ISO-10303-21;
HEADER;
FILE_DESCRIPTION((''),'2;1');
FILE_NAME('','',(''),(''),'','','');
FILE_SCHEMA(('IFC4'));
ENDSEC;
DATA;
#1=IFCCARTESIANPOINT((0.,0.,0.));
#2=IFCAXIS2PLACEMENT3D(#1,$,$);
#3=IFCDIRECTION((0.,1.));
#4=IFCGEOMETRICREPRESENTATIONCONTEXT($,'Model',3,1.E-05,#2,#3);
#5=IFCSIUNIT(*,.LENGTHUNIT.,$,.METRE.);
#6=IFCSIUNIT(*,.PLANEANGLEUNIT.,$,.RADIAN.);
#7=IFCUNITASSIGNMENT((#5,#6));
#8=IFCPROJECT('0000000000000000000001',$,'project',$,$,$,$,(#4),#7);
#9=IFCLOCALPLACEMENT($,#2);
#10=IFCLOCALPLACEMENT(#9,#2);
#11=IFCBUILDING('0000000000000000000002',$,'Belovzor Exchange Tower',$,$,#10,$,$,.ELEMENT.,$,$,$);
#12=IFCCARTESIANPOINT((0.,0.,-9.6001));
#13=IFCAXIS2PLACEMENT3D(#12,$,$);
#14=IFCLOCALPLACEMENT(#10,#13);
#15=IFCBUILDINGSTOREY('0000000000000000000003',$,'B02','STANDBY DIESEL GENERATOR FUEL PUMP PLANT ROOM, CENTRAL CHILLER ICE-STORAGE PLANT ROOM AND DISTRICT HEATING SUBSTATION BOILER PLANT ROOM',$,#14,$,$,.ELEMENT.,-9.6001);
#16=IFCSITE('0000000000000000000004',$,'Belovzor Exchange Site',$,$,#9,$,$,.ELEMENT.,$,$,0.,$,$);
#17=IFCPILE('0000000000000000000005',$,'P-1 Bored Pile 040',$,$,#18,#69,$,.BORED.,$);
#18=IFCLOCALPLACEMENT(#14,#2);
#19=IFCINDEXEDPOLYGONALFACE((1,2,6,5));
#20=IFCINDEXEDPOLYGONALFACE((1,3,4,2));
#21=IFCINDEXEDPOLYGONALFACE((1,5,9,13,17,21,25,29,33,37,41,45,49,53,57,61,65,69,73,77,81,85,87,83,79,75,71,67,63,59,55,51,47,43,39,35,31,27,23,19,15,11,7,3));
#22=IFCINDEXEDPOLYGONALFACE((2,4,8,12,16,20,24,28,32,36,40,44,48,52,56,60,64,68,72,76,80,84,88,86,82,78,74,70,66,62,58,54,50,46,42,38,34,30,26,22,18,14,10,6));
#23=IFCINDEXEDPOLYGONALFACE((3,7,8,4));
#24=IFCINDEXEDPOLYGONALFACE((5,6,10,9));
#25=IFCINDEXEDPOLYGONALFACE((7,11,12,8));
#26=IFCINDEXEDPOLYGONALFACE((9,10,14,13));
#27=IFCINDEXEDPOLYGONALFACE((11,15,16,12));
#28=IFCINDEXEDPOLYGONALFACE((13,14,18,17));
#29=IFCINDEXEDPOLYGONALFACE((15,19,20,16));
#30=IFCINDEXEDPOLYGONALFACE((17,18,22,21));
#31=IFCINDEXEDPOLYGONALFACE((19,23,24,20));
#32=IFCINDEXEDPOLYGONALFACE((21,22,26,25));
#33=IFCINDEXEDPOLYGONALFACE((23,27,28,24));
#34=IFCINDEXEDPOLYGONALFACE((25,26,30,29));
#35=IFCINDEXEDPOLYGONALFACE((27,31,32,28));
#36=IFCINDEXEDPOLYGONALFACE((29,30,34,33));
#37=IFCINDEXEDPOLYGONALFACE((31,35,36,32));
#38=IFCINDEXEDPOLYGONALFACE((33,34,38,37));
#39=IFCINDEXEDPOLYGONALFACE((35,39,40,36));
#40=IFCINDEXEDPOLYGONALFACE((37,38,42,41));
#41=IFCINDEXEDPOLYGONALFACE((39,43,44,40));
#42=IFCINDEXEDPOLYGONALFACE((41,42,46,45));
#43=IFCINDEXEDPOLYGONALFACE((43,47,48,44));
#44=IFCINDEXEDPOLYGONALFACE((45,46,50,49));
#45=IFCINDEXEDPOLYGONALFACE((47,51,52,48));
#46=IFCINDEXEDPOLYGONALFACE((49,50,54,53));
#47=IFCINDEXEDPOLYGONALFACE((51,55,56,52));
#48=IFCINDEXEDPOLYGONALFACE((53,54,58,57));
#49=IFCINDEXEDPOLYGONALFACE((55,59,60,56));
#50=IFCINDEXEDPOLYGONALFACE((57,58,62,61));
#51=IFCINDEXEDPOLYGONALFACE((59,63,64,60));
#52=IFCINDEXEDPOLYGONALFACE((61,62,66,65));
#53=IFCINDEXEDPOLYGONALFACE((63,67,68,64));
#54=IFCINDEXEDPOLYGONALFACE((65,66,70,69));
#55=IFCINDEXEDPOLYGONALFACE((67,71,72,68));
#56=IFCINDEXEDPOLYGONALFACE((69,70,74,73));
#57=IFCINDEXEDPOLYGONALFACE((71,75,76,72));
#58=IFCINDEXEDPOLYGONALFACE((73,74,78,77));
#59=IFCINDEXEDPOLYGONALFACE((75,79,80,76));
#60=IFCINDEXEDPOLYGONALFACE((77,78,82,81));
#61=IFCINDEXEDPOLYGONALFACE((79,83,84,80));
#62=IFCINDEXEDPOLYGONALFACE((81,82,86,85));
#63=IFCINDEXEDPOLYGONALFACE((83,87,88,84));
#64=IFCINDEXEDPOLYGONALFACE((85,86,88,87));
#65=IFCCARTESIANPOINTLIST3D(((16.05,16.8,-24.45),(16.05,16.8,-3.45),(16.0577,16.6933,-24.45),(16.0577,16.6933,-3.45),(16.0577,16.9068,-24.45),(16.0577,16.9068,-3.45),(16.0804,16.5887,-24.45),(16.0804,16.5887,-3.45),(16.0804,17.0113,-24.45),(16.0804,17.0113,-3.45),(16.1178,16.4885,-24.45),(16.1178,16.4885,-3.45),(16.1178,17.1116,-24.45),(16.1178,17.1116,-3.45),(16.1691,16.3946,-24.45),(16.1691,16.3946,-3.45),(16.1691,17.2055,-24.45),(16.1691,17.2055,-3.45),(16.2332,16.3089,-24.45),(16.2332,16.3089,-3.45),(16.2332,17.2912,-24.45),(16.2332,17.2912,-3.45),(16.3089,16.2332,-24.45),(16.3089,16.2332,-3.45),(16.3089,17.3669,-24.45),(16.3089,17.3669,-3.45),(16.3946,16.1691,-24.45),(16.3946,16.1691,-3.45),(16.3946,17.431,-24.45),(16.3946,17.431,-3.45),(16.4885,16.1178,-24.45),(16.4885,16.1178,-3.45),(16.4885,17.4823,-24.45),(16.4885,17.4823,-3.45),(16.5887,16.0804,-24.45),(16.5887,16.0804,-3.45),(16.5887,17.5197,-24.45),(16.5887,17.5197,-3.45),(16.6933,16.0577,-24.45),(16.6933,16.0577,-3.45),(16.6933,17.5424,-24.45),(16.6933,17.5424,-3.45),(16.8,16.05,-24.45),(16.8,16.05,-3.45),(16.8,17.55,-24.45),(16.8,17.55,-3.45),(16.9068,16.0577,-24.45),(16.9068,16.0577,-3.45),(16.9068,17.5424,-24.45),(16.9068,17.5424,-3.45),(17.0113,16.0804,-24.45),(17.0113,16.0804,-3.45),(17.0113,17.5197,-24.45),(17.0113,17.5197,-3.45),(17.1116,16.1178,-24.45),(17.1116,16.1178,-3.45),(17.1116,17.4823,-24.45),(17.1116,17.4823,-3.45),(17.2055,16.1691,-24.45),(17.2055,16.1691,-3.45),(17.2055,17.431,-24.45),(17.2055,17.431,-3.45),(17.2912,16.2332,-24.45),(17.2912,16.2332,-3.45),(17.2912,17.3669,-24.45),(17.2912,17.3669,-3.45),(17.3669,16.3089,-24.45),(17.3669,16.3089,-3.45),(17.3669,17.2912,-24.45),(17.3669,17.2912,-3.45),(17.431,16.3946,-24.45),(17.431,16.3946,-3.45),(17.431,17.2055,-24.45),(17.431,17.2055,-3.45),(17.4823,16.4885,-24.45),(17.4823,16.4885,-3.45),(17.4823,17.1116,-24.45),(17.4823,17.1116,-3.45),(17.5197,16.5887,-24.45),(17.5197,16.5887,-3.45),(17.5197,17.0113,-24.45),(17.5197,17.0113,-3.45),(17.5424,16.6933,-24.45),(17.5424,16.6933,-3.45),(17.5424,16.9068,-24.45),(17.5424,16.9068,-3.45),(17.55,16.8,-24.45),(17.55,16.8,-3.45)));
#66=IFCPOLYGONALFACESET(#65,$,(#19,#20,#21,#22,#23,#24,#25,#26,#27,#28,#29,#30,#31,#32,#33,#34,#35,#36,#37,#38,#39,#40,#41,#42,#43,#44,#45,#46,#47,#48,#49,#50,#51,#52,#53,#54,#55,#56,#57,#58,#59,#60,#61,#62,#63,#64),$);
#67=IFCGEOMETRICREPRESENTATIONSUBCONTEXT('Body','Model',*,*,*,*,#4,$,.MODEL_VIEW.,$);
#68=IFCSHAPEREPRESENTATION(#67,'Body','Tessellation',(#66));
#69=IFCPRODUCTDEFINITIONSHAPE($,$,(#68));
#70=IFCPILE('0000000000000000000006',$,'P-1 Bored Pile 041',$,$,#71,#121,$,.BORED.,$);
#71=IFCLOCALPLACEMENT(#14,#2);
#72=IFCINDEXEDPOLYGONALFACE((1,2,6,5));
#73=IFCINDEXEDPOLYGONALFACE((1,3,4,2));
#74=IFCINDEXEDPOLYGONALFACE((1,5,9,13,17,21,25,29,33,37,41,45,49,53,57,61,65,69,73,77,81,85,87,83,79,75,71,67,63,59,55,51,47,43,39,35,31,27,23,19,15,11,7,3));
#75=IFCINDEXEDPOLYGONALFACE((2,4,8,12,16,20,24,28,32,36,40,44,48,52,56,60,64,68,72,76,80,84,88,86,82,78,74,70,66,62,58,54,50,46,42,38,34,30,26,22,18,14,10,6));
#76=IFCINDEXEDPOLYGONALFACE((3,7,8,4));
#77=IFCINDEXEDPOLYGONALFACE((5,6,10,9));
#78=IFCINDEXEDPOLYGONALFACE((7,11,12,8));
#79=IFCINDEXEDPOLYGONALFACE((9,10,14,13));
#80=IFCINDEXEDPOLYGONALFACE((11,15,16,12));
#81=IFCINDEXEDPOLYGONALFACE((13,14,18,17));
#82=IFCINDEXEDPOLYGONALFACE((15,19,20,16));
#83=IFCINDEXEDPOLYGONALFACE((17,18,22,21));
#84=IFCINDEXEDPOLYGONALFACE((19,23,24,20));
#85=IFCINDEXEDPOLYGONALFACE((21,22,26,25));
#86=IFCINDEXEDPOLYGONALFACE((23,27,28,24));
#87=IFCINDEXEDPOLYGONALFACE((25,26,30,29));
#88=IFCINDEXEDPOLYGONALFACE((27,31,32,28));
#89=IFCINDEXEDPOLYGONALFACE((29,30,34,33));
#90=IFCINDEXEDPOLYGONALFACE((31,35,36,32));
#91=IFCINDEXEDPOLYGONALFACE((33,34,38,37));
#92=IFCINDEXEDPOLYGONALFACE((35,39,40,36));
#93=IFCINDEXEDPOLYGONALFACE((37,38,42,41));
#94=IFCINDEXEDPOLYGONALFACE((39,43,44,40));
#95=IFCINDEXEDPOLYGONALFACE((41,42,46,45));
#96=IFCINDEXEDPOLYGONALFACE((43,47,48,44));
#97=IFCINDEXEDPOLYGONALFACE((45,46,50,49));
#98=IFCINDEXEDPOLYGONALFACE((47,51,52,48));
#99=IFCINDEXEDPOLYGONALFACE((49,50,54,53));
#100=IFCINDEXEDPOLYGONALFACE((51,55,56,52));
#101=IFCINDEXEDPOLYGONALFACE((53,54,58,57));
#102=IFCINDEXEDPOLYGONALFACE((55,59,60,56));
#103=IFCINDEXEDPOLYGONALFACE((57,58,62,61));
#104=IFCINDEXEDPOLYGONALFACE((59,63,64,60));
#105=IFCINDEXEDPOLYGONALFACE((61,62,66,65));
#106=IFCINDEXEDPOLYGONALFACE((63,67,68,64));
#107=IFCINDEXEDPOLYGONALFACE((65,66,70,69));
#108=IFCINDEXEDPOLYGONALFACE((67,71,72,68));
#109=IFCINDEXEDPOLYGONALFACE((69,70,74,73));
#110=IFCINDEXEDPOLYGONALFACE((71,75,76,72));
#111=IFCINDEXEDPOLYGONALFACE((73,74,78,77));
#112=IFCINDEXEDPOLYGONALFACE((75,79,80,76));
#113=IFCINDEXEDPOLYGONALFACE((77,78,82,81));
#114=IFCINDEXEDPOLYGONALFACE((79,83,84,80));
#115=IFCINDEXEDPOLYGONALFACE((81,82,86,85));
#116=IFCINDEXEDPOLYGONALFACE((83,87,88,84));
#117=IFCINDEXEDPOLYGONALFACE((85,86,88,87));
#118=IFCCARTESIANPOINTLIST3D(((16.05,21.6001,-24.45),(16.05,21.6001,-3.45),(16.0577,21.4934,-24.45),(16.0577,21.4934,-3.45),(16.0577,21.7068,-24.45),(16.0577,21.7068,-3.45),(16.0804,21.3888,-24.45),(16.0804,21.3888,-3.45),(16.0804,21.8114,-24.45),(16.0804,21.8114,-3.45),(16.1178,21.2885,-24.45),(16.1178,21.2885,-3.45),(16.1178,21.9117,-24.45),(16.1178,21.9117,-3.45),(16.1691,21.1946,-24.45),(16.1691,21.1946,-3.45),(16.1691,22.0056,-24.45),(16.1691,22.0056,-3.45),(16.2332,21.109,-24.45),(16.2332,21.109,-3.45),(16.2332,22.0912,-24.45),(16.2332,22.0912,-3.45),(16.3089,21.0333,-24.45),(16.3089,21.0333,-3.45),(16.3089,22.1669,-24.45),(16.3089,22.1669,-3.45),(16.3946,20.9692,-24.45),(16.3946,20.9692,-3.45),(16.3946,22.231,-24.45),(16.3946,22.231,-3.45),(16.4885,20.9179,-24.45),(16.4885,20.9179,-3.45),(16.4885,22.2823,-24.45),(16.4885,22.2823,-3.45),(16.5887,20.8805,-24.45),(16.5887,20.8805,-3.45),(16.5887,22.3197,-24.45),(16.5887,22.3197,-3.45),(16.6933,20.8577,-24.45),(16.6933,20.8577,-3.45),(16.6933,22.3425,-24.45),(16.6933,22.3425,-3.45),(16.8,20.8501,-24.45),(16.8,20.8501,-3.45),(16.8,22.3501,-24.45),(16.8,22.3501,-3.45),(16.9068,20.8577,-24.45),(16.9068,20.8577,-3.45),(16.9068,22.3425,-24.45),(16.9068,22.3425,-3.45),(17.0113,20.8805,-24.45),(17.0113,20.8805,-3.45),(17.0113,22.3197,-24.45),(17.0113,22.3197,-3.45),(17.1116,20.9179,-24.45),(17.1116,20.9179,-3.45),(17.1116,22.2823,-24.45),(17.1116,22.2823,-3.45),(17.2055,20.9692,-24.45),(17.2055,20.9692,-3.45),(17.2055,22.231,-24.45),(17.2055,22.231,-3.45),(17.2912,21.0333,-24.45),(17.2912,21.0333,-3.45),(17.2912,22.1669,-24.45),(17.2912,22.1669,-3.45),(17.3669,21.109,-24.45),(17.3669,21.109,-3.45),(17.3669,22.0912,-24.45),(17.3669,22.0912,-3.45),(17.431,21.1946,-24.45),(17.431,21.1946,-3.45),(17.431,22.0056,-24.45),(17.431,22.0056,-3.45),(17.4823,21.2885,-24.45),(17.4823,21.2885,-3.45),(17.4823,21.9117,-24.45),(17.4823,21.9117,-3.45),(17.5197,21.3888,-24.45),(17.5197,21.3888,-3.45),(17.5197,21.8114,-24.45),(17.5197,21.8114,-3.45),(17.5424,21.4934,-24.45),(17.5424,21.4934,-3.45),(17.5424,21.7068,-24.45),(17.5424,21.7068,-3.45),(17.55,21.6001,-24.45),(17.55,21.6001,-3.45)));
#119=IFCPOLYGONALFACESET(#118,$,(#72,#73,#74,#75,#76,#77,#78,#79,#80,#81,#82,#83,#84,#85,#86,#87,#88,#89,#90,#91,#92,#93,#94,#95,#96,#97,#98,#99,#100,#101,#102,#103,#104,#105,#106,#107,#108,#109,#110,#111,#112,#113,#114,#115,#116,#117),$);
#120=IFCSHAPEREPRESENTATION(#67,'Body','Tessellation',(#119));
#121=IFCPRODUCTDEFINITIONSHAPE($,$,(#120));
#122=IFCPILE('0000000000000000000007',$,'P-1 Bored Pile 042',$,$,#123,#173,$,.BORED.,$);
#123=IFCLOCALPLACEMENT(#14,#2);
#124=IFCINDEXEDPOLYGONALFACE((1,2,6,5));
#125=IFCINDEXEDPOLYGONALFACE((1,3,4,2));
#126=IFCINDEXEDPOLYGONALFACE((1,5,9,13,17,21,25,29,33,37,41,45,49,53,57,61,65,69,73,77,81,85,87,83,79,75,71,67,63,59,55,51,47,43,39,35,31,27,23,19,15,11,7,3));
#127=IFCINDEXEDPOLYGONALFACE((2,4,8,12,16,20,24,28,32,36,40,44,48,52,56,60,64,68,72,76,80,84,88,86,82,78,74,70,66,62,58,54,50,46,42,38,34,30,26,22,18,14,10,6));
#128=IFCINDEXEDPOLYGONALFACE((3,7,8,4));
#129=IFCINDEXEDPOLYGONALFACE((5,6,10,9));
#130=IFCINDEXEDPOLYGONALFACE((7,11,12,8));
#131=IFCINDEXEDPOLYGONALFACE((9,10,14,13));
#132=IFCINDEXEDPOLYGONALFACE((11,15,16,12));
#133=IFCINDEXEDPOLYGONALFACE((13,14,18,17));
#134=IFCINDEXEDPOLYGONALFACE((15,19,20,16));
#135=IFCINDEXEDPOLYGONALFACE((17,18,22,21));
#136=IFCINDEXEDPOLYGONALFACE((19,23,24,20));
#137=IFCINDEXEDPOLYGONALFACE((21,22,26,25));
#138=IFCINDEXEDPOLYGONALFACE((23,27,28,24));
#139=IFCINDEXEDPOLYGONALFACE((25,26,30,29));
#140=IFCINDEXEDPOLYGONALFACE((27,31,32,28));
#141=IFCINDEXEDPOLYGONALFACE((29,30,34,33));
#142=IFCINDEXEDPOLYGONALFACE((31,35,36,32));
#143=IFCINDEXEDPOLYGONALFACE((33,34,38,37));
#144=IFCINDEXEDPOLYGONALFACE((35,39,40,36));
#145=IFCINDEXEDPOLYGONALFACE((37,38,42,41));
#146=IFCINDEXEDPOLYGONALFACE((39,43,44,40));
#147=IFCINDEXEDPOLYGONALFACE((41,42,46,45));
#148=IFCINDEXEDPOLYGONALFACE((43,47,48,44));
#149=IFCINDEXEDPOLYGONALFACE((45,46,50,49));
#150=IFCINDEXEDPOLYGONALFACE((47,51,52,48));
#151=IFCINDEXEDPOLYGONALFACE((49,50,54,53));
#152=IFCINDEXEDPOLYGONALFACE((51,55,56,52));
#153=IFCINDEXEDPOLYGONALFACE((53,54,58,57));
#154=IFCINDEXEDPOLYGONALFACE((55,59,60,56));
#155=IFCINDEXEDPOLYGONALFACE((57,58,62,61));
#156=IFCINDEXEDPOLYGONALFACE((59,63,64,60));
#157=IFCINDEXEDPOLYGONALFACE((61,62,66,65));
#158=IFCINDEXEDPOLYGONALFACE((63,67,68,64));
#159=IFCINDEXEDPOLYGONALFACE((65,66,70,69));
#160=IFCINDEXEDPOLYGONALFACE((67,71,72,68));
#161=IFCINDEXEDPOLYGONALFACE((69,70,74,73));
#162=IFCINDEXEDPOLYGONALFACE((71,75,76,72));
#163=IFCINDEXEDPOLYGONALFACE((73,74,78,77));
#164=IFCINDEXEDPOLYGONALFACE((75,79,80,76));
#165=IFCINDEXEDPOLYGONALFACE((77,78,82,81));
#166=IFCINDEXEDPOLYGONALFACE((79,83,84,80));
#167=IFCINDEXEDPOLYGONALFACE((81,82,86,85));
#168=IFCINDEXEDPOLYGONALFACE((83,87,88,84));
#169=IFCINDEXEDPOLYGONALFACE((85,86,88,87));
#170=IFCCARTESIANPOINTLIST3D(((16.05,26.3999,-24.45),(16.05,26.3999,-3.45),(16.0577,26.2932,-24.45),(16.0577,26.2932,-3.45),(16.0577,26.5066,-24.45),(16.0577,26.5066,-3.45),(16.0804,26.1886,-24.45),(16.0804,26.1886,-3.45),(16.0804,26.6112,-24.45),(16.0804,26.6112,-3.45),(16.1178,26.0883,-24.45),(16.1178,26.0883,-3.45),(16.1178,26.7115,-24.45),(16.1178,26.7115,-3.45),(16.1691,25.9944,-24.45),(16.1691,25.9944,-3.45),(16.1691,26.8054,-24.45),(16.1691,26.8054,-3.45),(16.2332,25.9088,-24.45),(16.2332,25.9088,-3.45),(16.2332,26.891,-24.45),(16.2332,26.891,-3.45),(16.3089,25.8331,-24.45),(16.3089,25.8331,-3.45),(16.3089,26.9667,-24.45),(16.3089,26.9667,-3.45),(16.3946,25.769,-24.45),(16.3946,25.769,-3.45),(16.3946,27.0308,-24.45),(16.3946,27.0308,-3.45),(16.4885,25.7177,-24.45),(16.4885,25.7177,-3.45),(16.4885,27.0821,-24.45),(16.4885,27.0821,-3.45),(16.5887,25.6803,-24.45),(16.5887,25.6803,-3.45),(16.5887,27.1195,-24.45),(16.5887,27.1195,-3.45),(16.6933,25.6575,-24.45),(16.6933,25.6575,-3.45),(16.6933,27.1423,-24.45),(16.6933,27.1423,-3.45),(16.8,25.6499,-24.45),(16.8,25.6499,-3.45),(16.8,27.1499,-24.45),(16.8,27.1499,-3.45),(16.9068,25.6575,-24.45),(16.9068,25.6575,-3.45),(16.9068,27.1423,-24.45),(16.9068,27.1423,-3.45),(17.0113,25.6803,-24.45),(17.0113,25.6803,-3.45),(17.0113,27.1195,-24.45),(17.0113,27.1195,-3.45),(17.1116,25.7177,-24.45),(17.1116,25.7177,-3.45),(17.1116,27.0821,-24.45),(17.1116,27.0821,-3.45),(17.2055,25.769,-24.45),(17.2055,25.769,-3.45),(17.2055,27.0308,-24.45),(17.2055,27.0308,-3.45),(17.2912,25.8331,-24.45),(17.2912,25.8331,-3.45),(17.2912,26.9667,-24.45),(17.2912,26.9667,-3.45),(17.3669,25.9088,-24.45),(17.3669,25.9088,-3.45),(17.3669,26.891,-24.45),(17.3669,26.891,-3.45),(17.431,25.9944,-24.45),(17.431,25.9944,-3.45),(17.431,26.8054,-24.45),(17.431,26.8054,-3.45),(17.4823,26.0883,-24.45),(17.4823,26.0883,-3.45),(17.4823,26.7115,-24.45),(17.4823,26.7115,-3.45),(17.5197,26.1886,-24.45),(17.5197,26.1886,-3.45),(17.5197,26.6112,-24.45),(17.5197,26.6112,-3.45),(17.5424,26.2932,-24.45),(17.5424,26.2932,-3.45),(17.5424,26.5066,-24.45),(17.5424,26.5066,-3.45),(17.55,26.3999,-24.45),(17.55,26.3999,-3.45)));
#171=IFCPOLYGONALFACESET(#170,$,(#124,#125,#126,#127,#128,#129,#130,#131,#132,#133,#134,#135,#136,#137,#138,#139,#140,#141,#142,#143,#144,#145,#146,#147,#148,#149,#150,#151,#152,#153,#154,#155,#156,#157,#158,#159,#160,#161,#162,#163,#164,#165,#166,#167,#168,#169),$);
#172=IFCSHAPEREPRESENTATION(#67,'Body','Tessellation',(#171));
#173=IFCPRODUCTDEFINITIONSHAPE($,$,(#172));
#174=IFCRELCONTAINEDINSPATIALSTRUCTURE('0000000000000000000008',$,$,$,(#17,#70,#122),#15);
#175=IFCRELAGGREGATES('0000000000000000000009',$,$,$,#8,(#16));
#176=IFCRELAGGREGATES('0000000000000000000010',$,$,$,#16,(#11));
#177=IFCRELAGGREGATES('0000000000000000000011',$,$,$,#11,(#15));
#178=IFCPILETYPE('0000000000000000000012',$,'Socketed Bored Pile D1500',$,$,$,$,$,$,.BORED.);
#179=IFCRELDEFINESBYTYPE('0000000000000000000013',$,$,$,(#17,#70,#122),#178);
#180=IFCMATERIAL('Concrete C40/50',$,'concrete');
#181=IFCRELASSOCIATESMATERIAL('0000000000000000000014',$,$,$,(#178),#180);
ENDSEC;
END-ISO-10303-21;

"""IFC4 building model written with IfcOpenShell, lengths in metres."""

from ifc_helpers import new_model, si_unit, direction, frame, origin, origin_2d, place, context, subcontext, project, spatial, circle, extrude, material, material_profile, profile_set, type_object, element, save


model = new_model("IFC4")

# Units and contexts
model_context = context("Model", 3, precision=1e-05, world=origin(), true_north=direction((0.0, 1.0)))
body_context = subcontext(model_context, "Body", "Model", "MODEL_VIEW")
ifc_project = project(units=[si_unit("LENGTHUNIT", "METRE"), si_unit("PLANEANGLEUNIT", "RADIAN")], contexts=[model_context])

# Site, building, storey
site_placement = place(None, origin())
site = spatial("IfcSite", under=ifc_project, at=site_placement, Name="Belovzor Exchange Site", CompositionType="ELEMENT", RefElevation=0.0)
building_placement = place(site_placement, origin())
building = spatial("IfcBuilding", under=site, at=building_placement, Name="Belovzor Exchange Tower", CompositionType="ELEMENT")
storey_placement = place(building_placement, frame((0.0, 0.0, -9.6001)))
storey = spatial("IfcBuildingStorey", under=building, at=storey_placement, Name="B02", Description="STANDBY DIESEL GENERATOR FUEL PUMP PLANT ROOM, CENTRAL CHILLER ICE-STORAGE PLANT ROOM AND DISTRICT HEATING SUBSTATION BOILER PLANT ROOM", CompositionType="ELEMENT", Elevation=-9.6001)

# Piles
ifc_material_1 = material(Name="Concrete C40/50", Category="concrete")
ifc_material_profile_1 = material_profile(ifc_material_1, circle(Radius=0.75, at=origin_2d()))
ifc_profile_set_1 = profile_set([ifc_material_profile_1], Name="Concrete C40/50")
pile_type_1 = type_object("IfcPileType", Name="Socketed Bored Pile D1500", PredefinedType="BORED", material=ifc_profile_set_1)
for number, where, z_axis, x_axis, name in (
    (1, (16.8, 16.8, -3.45), (0.0, 0.0, -1.0), (1.0, 0.0, 0.0), "P-1 Bored Pile 040"),
    (2, (16.8, 21.6001, -3.45), (0.0, 0.0, -1.0), (1.0, 0.0, 0.0), "P-1 Bored Pile 041"),
    (3, (16.8, 26.3999, -3.45), (0.0, 0.0, -1.0), (1.0, 0.0, 0.0), "P-1 Bored Pile 042"),
):
    element("IfcPile", number, at=place(storey_placement, frame(where, z_axis=z_axis, x_axis=x_axis)), inside=storey, type_object=pile_type_1, Name=name, PredefinedType="BORED", context=body_context, shape_type="SweptSolid", body=[
        extrude(circle(Radius=0.75, at=origin_2d()), origin(), (0.0, 0.0, 1.0), 21.0),
    ])

save(model, "model.ifc")
